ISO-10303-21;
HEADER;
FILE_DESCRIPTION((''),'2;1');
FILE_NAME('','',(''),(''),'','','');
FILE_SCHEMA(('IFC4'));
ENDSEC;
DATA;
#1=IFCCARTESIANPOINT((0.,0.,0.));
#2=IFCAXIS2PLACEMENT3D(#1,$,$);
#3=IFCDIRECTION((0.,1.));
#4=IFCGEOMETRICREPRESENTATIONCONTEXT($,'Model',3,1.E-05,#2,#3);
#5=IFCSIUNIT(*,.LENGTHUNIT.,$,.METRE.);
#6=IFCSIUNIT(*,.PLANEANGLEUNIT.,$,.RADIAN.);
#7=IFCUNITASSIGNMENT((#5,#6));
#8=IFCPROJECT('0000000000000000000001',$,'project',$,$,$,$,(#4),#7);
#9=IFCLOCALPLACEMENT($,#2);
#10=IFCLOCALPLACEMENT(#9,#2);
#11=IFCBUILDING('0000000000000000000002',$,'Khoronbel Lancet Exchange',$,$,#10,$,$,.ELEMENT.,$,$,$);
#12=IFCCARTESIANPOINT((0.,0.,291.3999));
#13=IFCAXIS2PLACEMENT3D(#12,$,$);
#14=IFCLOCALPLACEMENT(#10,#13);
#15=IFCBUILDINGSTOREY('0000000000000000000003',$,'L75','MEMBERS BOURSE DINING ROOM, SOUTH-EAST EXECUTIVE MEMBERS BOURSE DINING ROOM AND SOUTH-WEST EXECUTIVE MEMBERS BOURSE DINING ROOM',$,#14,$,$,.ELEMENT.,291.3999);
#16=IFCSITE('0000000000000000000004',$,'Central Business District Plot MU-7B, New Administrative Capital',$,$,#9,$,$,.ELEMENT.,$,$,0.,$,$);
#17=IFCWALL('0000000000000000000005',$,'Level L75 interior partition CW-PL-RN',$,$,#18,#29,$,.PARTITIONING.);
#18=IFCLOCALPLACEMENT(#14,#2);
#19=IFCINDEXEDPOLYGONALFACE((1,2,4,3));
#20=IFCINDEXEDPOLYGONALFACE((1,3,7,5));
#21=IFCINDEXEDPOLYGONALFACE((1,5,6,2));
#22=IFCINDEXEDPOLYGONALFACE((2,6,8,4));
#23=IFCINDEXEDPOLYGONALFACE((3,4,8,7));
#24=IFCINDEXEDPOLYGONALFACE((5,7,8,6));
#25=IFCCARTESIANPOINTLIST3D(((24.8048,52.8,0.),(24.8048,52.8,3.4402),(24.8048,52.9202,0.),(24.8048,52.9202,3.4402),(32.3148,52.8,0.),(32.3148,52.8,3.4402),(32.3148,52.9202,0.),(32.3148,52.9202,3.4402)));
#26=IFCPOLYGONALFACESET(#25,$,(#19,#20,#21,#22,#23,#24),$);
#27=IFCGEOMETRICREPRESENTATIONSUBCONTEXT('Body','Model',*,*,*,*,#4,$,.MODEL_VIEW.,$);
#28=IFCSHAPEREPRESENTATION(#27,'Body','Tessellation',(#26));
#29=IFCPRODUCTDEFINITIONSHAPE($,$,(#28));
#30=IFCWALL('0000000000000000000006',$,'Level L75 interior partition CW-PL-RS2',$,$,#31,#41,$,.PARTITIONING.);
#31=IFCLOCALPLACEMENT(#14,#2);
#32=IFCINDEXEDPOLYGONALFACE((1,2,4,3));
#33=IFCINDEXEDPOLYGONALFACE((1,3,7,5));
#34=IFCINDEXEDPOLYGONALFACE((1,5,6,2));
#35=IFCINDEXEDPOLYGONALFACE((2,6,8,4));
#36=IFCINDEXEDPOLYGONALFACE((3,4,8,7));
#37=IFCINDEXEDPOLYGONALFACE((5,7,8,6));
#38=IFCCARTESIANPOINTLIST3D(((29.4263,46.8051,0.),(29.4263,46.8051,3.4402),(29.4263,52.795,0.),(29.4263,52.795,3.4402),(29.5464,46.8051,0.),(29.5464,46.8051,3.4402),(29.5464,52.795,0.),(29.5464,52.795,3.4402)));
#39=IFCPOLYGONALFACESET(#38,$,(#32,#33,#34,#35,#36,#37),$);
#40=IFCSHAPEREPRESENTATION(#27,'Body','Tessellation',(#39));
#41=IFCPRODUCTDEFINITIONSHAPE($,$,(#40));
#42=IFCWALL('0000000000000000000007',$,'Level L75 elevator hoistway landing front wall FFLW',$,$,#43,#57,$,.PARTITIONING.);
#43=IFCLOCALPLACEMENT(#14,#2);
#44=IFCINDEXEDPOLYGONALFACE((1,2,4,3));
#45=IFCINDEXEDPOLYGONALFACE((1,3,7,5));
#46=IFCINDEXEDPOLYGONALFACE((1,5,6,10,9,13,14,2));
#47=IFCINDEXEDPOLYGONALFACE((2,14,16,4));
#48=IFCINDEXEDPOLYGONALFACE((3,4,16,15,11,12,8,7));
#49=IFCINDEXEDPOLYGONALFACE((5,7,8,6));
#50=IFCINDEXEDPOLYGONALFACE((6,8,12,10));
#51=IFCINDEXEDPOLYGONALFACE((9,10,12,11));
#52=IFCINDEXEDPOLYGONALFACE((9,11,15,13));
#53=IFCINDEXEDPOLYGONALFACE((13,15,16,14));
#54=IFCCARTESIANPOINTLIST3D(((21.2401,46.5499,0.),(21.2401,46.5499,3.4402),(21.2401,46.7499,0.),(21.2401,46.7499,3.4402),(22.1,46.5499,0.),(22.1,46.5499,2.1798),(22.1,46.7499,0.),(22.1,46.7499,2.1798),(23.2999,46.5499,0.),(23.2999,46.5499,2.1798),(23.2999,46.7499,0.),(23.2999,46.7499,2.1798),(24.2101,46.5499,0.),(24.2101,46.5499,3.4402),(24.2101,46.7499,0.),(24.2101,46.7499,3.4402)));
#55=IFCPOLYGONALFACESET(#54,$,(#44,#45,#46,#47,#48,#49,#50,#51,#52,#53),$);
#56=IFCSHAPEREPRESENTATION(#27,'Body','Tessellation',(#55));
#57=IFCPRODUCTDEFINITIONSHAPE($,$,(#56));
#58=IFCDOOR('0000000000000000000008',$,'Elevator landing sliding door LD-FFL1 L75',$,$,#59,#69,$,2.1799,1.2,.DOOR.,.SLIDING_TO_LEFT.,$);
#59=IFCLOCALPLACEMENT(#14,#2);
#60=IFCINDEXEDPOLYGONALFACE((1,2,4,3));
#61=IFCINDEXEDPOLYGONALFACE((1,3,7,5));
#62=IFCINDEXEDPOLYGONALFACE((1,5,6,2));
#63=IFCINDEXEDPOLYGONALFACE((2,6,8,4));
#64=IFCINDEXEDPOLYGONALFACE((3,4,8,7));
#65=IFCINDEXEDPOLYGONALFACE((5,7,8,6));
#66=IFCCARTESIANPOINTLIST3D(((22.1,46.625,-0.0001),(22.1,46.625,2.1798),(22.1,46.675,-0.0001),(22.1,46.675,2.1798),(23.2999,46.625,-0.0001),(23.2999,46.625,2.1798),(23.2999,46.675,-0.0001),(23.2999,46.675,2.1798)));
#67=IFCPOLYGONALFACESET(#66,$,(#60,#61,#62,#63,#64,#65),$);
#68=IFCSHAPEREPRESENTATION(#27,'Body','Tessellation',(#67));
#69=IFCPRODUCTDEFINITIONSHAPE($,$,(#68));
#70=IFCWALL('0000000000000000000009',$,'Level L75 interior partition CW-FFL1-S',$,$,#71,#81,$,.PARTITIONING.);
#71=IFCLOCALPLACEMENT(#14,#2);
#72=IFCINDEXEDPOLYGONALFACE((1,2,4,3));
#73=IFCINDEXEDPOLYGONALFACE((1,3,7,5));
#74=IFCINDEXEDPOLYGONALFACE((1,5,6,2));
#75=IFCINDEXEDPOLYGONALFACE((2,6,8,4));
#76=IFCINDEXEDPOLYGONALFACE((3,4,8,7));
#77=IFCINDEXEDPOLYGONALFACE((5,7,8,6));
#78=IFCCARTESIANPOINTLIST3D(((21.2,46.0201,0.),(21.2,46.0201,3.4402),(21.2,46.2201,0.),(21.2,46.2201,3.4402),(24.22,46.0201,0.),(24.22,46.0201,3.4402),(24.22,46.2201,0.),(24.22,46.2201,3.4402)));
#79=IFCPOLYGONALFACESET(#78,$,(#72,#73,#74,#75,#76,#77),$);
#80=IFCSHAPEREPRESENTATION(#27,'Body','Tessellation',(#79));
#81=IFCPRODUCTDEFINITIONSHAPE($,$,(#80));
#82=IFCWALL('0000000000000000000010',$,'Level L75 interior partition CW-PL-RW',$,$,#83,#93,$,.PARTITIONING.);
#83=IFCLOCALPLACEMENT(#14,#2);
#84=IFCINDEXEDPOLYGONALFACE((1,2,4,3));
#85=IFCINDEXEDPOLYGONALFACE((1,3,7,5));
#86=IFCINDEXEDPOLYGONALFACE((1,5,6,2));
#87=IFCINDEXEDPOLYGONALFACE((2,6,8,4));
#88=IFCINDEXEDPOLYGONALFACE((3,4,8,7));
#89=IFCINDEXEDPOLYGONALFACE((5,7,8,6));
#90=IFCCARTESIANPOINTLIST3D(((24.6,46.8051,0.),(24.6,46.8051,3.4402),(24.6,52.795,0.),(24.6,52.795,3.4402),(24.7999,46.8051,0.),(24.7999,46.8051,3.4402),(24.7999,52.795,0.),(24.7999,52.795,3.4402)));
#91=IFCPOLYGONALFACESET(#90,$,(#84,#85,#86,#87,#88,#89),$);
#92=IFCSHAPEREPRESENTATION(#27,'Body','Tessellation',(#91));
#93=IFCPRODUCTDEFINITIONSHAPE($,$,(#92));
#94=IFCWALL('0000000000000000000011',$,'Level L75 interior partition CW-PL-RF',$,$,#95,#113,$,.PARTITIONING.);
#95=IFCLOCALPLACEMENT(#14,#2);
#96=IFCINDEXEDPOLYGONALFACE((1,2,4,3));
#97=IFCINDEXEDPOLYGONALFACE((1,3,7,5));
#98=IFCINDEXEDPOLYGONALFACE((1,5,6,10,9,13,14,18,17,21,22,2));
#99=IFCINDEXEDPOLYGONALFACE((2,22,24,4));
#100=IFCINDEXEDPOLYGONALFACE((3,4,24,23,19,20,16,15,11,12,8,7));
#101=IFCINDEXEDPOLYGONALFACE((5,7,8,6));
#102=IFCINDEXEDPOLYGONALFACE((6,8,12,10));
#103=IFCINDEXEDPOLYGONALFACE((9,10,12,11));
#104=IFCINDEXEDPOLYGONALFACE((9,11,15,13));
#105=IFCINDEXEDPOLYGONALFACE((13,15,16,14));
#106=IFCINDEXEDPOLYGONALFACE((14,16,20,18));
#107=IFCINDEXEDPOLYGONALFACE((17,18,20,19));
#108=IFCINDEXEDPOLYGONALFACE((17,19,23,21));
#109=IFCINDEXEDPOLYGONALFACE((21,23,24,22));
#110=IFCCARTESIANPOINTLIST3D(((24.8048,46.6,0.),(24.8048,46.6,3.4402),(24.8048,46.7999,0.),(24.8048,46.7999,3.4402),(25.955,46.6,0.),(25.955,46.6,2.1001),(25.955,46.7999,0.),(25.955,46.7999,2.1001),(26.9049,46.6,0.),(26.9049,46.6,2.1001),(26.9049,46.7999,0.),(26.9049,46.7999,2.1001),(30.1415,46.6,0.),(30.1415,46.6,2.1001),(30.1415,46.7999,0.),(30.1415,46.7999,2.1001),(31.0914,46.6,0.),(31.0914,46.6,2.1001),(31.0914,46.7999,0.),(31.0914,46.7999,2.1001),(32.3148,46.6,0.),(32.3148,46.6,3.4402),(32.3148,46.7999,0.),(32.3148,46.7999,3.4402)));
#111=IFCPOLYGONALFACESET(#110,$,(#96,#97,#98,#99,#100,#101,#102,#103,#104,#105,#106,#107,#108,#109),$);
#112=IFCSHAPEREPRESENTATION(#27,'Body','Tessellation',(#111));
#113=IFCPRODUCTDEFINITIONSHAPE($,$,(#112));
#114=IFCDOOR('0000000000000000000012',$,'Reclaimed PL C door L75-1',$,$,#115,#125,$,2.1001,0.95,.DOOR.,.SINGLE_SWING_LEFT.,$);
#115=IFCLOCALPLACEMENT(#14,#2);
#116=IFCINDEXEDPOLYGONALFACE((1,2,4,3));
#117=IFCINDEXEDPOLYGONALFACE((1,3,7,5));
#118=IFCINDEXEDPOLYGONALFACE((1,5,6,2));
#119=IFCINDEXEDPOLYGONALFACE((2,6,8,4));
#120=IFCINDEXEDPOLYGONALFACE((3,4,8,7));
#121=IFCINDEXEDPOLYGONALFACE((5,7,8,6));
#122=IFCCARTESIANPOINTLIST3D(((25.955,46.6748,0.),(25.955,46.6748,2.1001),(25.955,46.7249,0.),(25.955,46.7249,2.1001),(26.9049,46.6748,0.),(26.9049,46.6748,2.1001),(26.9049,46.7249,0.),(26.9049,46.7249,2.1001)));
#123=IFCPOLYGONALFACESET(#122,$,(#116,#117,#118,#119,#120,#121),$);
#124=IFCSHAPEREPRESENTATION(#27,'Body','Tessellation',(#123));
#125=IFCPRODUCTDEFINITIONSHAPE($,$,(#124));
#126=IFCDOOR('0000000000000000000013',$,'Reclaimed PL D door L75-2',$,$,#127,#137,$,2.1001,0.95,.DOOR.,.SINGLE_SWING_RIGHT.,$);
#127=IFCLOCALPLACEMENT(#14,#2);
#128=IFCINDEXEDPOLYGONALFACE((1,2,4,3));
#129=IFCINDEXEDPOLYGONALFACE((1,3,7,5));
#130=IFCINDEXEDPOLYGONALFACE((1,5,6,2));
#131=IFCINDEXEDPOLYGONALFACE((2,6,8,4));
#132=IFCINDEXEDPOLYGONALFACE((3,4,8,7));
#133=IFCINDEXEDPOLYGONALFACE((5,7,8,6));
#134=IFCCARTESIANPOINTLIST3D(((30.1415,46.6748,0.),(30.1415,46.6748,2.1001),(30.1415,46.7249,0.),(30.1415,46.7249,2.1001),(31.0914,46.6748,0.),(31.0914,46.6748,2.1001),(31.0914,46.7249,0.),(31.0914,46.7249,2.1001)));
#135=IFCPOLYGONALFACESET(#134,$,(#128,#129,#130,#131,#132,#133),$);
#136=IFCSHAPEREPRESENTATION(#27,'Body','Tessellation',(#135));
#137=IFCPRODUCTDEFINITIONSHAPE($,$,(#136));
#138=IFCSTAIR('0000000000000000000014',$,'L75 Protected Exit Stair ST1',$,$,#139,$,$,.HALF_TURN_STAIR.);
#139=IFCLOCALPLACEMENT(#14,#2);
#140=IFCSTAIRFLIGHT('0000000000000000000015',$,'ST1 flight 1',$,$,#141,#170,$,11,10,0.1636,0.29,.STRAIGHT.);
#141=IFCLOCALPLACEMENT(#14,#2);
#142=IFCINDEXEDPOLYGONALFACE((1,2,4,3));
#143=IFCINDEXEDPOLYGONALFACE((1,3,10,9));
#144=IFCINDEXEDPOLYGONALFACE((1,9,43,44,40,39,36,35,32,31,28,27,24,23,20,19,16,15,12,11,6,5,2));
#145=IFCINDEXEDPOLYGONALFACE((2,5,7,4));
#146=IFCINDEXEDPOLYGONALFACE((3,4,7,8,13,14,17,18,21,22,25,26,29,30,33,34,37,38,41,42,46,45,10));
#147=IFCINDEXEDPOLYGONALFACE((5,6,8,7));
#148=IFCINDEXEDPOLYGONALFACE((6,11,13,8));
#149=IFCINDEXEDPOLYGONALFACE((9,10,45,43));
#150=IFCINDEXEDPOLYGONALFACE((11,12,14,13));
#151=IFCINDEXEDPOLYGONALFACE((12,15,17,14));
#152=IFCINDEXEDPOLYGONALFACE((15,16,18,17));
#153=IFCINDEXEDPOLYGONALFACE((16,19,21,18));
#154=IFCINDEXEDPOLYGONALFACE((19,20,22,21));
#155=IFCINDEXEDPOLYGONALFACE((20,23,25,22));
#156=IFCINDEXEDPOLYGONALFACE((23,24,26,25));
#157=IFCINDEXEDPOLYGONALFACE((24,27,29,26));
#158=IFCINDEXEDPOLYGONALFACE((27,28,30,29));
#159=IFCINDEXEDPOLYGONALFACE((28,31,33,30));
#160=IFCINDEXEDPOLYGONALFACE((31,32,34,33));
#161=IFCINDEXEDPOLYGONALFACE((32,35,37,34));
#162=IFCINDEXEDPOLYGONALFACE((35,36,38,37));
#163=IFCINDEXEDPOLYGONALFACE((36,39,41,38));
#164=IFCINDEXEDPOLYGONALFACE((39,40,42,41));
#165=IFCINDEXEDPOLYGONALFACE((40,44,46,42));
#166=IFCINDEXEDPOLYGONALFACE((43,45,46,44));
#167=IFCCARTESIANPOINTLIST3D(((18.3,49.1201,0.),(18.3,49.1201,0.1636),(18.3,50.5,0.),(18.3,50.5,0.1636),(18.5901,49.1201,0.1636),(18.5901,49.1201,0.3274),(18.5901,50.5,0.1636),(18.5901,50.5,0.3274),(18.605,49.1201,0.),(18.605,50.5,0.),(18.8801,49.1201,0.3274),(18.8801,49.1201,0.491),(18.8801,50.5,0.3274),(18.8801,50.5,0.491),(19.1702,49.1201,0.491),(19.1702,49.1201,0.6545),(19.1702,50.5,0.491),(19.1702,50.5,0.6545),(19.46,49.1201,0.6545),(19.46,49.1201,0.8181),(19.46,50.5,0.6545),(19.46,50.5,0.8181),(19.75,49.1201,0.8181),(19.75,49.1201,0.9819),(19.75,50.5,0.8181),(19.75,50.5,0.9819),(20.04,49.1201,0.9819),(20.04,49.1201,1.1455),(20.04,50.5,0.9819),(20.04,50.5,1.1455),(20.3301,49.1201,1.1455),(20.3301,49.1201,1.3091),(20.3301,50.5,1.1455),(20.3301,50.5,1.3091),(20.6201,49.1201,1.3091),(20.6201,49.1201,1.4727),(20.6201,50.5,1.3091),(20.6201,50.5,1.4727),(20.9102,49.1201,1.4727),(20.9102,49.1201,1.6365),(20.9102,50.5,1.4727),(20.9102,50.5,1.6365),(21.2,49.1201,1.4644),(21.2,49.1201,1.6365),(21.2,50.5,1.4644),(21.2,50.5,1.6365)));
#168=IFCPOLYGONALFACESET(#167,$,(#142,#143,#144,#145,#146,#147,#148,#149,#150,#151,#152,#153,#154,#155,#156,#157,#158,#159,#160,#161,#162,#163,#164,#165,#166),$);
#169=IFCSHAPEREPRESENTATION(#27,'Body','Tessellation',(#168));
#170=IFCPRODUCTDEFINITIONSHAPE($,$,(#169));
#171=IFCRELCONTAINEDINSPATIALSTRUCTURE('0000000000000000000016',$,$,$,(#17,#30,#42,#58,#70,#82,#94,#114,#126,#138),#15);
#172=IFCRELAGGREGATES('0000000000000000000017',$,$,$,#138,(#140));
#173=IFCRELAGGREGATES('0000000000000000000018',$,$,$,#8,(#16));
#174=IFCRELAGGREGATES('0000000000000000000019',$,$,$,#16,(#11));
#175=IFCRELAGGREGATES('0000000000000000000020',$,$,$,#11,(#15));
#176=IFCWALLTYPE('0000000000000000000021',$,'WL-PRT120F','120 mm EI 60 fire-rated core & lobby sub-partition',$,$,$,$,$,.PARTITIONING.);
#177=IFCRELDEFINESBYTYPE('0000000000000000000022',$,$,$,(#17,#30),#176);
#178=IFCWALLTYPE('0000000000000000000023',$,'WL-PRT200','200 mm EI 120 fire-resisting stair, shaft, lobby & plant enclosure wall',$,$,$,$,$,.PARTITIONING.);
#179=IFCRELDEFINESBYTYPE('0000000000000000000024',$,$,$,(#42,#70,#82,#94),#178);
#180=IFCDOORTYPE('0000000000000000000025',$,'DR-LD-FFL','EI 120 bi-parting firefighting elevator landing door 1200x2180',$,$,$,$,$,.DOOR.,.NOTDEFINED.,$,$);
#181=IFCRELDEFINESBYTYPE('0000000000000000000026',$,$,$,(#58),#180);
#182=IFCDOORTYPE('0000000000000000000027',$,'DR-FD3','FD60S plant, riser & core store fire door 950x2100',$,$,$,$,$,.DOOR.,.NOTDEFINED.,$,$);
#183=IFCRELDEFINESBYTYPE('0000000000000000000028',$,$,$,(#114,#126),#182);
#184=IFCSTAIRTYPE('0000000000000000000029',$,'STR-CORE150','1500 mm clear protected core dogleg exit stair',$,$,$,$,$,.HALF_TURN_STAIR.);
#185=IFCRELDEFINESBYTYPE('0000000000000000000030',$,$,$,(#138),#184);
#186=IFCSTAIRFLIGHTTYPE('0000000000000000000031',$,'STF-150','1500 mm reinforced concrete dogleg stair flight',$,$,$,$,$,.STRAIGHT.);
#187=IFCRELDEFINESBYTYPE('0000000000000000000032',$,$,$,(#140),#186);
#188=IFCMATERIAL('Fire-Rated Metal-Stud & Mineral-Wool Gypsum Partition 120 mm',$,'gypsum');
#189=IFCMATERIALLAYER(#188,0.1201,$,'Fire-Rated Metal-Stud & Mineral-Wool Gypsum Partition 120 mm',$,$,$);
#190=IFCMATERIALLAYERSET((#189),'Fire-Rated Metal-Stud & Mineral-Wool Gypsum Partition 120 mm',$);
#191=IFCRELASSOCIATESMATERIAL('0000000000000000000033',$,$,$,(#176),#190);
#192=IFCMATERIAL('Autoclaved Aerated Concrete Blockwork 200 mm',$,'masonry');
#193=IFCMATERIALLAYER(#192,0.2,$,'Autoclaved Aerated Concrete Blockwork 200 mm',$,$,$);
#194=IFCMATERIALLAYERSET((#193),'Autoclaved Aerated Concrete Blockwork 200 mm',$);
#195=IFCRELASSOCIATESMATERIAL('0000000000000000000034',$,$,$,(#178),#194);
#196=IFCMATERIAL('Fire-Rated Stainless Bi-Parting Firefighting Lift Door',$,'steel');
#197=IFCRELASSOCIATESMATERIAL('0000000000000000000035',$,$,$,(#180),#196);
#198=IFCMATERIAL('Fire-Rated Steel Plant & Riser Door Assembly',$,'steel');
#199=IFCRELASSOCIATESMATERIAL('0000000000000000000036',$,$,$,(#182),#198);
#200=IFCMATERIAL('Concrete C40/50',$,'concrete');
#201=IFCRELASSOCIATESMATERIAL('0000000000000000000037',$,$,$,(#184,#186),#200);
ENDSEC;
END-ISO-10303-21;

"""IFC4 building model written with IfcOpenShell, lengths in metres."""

from ifc_helpers import new_model, si_unit, direction, frame, frame_2d, origin, place, context, subcontext, project, spatial, polyline, rectangle, outline, extrude, material, layer, layer_set, type_object, element, fill, aggregate, save


model = new_model("IFC4")

# Units and contexts
model_context = context("Model", 3, precision=1e-05, world=origin(), true_north=direction((0.0, 1.0)))
body_context = subcontext(model_context, "Body", "Model", "MODEL_VIEW")
ifc_project = project(units=[si_unit("LENGTHUNIT", "METRE"), si_unit("PLANEANGLEUNIT", "RADIAN")], contexts=[model_context])

# Site, building, storey
site_placement = place(None, origin())
site = spatial("IfcSite", under=ifc_project, at=site_placement, Name="Central Business District Plot MU-7B, New Administrative Capital", CompositionType="ELEMENT", RefElevation=0.0)
building_placement = place(site_placement, origin())
building = spatial("IfcBuilding", under=site, at=building_placement, Name="Khoronbel Lancet Exchange", CompositionType="ELEMENT")
storey_placement = place(building_placement, frame((0.0, 0.0, 291.3999)))
storey = spatial("IfcBuildingStorey", under=building, at=storey_placement, Name="L75", Description="MEMBERS BOURSE DINING ROOM, SOUTH-EAST EXECUTIVE MEMBERS BOURSE DINING ROOM AND SOUTH-WEST EXECUTIVE MEMBERS BOURSE DINING ROOM", CompositionType="ELEMENT", Elevation=291.3999)

# Walls
ifc_material_1 = material(Name="Fire-Rated Metal-Stud & Mineral-Wool Gypsum Partition 120 mm", Category="gypsum")
ifc_layer_1 = layer(ifc_material_1, 0.1201, Name="Fire-Rated Metal-Stud & Mineral-Wool Gypsum Partition 120 mm")
ifc_layer_set_1 = layer_set([ifc_layer_1], Name="Fire-Rated Metal-Stud & Mineral-Wool Gypsum Partition 120 mm")
wall_type_1 = type_object("IfcWallType", Name="WL-PRT120F", Description="120 mm EI 60 fire-rated core & lobby sub-partition", PredefinedType="PARTITIONING", material=ifc_layer_set_1)
wall_1_placement = place(storey_placement, frame((24.8049, 52.8601, 0.0), z_axis=(0.0, 0.0, 1.0), x_axis=(1.0, 0.0, 0.0)))
element("IfcWall", 1, at=wall_1_placement, inside=storey, type_object=wall_type_1, Name="Level L75 interior partition CW-PL-RN", PredefinedType="PARTITIONING", context=body_context, shape_type="SweptSolid", body=[
    extrude(rectangle(XDim=7.51, YDim=0.1201, at=frame_2d((3.7549, 0.0))), origin(), (0.0, 0.0, 1.0), 3.4402),
])
wall_2_placement = place(storey_placement, frame((29.4863, 46.8049, 0.0), z_axis=(0.0, 0.0, 1.0), x_axis=(0.0, 1.0, 0.0)))
element("IfcWall", 2, at=wall_2_placement, inside=storey, type_object=wall_type_1, Name="Level L75 interior partition CW-PL-RS2", PredefinedType="PARTITIONING", context=body_context, shape_type="SweptSolid", body=[
    extrude(rectangle(XDim=5.99, YDim=0.1201, at=frame_2d((2.9951, 0.0))), origin(), (0.0, 0.0, 1.0), 3.4402),
])

# Wall, opening, door
ifc_material_2 = material(Name="Autoclaved Aerated Concrete Blockwork 200 mm", Category="masonry")
ifc_layer_2 = layer(ifc_material_2, 0.2, Name="Autoclaved Aerated Concrete Blockwork 200 mm")
ifc_layer_set_2 = layer_set([ifc_layer_2], Name="Autoclaved Aerated Concrete Blockwork 200 mm")
wall_type_2 = type_object("IfcWallType", Name="WL-PRT200", Description="200 mm EI 120 fire-resisting stair, shaft, lobby & plant enclosure wall", PredefinedType="PARTITIONING", material=ifc_layer_set_2)
wall_3_placement = place(storey_placement, frame((24.21, 46.6499, 0.0), z_axis=(0.0, 0.0, 1.0), x_axis=(-1.0, 0.0, 0.0)))
wall_3 = element("IfcWall", 3, at=wall_3_placement, inside=storey, type_object=wall_type_2, Name="Level L75 elevator hoistway landing front wall FFLW", PredefinedType="PARTITIONING", context=body_context, shape_type="SweptSolid", body=[
    extrude(rectangle(XDim=2.97, YDim=0.2, at=frame_2d((1.4849, 0.0))), origin(), (0.0, 0.0, 1.0), 3.4402),
])
opening_1_placement = place(wall_3_placement, frame((0.9099, 0.0, 0.0)))
opening_1 = element("IfcOpeningElement", 4, at=opening_1_placement, cuts=wall_3, PredefinedType="OPENING", context=body_context, shape_type="SweptSolid", body=[
    extrude(rectangle(XDim=1.2, YDim=2.1799, at=frame_2d((0.6001, 1.0898))), frame((0.0, 0.1099, 0.0), z_axis=(0.0, -1.0, 0.0), x_axis=(1.0, 0.0, 0.0)), (0.0, 0.0, 1.0), 0.22),
])
ifc_material_3 = material(Name="Fire-Rated Stainless Bi-Parting Firefighting Lift Door", Category="steel")
door_type_1 = type_object("IfcDoorType", Name="DR-LD-FFL", Description="EI 120 bi-parting firefighting elevator landing door 1200x2180", OperationType="NOTDEFINED", PredefinedType="DOOR", material=ifc_material_3)
door_1_placement = place(opening_1_placement, origin())
door_1 = element("IfcDoor", 5, at=door_1_placement, inside=storey, type_object=door_type_1, Name="Elevator landing sliding door LD-FFL1 L75", OperationType="SLIDING_TO_LEFT", OverallHeight=2.1799, OverallWidth=1.2, PredefinedType="DOOR", context=body_context, shape_type="SweptSolid", body=[
    extrude(rectangle(XDim=1.2, YDim=2.1799, at=frame_2d((0.6001, 1.0898))), frame((0.0, 0.0249, 0.0), z_axis=(0.0, -1.0, 0.0), x_axis=(1.0, 0.0, 0.0)), (0.0, 0.0, 1.0), 0.05),
])
fill(opening_1, door_1)

# Walls
wall_4_placement = place(storey_placement, frame((21.2, 46.1201, 0.0), z_axis=(0.0, 0.0, 1.0), x_axis=(1.0, 0.0, 0.0)))
element("IfcWall", 6, at=wall_4_placement, inside=storey, type_object=wall_type_2, Name="Level L75 interior partition CW-FFL1-S", PredefinedType="PARTITIONING", context=body_context, shape_type="SweptSolid", body=[
    extrude(rectangle(XDim=3.02, YDim=0.2, at=frame_2d((1.51, 0.0))), origin(), (0.0, 0.0, 1.0), 3.4402),
])
wall_5_placement = place(storey_placement, frame((24.7, 46.8049, 0.0), z_axis=(0.0, 0.0, 1.0), x_axis=(0.0, 1.0, 0.0)))
element("IfcWall", 7, at=wall_5_placement, inside=storey, type_object=wall_type_2, Name="Level L75 interior partition CW-PL-RW", PredefinedType="PARTITIONING", context=body_context, shape_type="SweptSolid", body=[
    extrude(rectangle(XDim=5.99, YDim=0.2, at=frame_2d((2.9951, 0.0))), origin(), (0.0, 0.0, 1.0), 3.4402),
])

# Wall, openings, doors
wall_6_placement = place(storey_placement, frame((24.8049, 46.7, 0.0), z_axis=(0.0, 0.0, 1.0), x_axis=(1.0, 0.0, 0.0)))
wall_6 = element("IfcWall", 8, at=wall_6_placement, inside=storey, type_object=wall_type_2, Name="Level L75 interior partition CW-PL-RF", PredefinedType="PARTITIONING", context=body_context, shape_type="SweptSolid", body=[
    extrude(rectangle(XDim=7.51, YDim=0.2, at=frame_2d((3.7549, 0.0))), origin(), (0.0, 0.0, 1.0), 3.4402),
])
opening_2_placement = place(wall_6_placement, frame((1.1499, 0.0, 0.0)))
opening_2 = element("IfcOpeningElement", 9, at=opening_2_placement, cuts=wall_6, PredefinedType="OPENING", context=body_context, shape_type="SweptSolid", body=[
    extrude(rectangle(XDim=0.95, YDim=2.1001, at=frame_2d((0.4751, 1.05))), frame((0.0, 0.1099, 0.0), z_axis=(0.0, -1.0, 0.0), x_axis=(1.0, 0.0, 0.0)), (0.0, 0.0, 1.0), 0.22),
])
opening_3_placement = place(wall_6_placement, frame((5.3364, 0.0, 0.0)))
opening_3 = element("IfcOpeningElement", 10, at=opening_3_placement, cuts=wall_6, PredefinedType="OPENING", context=body_context, shape_type="SweptSolid", body=[
    extrude(rectangle(XDim=0.95, YDim=2.1001, at=frame_2d((0.4751, 1.05))), frame((0.0, 0.1099, 0.0), z_axis=(0.0, -1.0, 0.0), x_axis=(1.0, 0.0, 0.0)), (0.0, 0.0, 1.0), 0.22),
])
ifc_material_4 = material(Name="Fire-Rated Steel Plant & Riser Door Assembly", Category="steel")
door_type_2 = type_object("IfcDoorType", Name="DR-FD3", Description="FD60S plant, riser & core store fire door 950x2100", OperationType="NOTDEFINED", PredefinedType="DOOR", material=ifc_material_4)
door_2_placement = place(opening_2_placement, origin())
door_2 = element("IfcDoor", 11, at=door_2_placement, inside=storey, type_object=door_type_2, Name="Reclaimed PL C door L75-1", OperationType="SINGLE_SWING_LEFT", OverallHeight=2.1001, OverallWidth=0.95, PredefinedType="DOOR", context=body_context, shape_type="SweptSolid", body=[
    extrude(rectangle(XDim=0.95, YDim=2.1001, at=frame_2d((0.4751, 1.05))), frame((0.0, 0.0249, 0.0), z_axis=(0.0, -1.0, 0.0), x_axis=(1.0, 0.0, 0.0)), (0.0, 0.0, 1.0), 0.05),
])
fill(opening_2, door_2)
door_3_placement = place(opening_3_placement, origin())
door_3 = element("IfcDoor", 12, at=door_3_placement, inside=storey, type_object=door_type_2, Name="Reclaimed PL D door L75-2", OperationType="SINGLE_SWING_RIGHT", OverallHeight=2.1001, OverallWidth=0.95, PredefinedType="DOOR", context=body_context, shape_type="SweptSolid", body=[
    extrude(rectangle(XDim=0.95, YDim=2.1001, at=frame_2d((0.4751, 1.05))), frame((0.0, 0.0249, 0.0), z_axis=(0.0, -1.0, 0.0), x_axis=(1.0, 0.0, 0.0)), (0.0, 0.0, 1.0), 0.05),
])
fill(opening_3, door_3)

# Stair, stair flight
ifc_material_5 = material(Name="Concrete C40/50", Category="concrete")
stair_type = type_object("IfcStairType", Name="STR-CORE150", Description="1500 mm clear protected core dogleg exit stair", PredefinedType="HALF_TURN_STAIR", material=ifc_material_5)
stair_placement = place(storey_placement, origin())
stair = element("IfcStair", 13, at=stair_placement, inside=storey, type_object=stair_type, Name="L75 Protected Exit Stair ST1", PredefinedType="HALF_TURN_STAIR")
stair_flight_type = type_object("IfcStairFlightType", Name="STF-150", Description="1500 mm reinforced concrete dogleg stair flight", PredefinedType="STRAIGHT", material=ifc_material_5)
stair_flight_1_placement = place(storey_placement, frame((18.3, 49.8101, 0.0), z_axis=(0.0, 0.0, 1.0), x_axis=(1.0, 0.0, 0.0)))
stair_flight_1 = element("IfcStairFlight", 14, at=stair_flight_1_placement, type_object=stair_flight_type, Name="ST1 flight 1", NumberOfRisers=11, NumberOfTreads=10, PredefinedType="STRAIGHT", RiserHeight=0.1636, TreadLength=0.29, context=body_context, shape_type="SweptSolid", body=[
    extrude(outline(polyline([(0.0, 0.0), (0.0, 0.1636), (0.29, 0.1636), (0.29, 0.3274), (0.5801, 0.3274), (0.5801, 0.491), (0.8701, 0.491), (0.8701, 0.6545), (1.1599, 0.6545), (1.1599, 0.8181), (1.45, 0.8181), (1.45, 0.9819), (1.74, 0.9819), (1.74, 1.1455), (2.03, 1.1455), (2.03, 1.3091), (2.3201, 1.3091), (2.3201, 1.4727), (2.6101, 1.4727), (2.6101, 1.6365), (2.8999, 1.6365), (2.8999, 1.8), (2.8999, 1.4644), (0.3049, 0.0), (0.0, 0.0)])), frame((0.0, 0.6899, 0.0), z_axis=(0.0, -1.0, 0.0), x_axis=(1.0, 0.0, 0.0)), (0.0, 0.0, 1.0), 1.3799),
])
aggregate(stair, [stair_flight_1])

save(model, "model.ifc")
